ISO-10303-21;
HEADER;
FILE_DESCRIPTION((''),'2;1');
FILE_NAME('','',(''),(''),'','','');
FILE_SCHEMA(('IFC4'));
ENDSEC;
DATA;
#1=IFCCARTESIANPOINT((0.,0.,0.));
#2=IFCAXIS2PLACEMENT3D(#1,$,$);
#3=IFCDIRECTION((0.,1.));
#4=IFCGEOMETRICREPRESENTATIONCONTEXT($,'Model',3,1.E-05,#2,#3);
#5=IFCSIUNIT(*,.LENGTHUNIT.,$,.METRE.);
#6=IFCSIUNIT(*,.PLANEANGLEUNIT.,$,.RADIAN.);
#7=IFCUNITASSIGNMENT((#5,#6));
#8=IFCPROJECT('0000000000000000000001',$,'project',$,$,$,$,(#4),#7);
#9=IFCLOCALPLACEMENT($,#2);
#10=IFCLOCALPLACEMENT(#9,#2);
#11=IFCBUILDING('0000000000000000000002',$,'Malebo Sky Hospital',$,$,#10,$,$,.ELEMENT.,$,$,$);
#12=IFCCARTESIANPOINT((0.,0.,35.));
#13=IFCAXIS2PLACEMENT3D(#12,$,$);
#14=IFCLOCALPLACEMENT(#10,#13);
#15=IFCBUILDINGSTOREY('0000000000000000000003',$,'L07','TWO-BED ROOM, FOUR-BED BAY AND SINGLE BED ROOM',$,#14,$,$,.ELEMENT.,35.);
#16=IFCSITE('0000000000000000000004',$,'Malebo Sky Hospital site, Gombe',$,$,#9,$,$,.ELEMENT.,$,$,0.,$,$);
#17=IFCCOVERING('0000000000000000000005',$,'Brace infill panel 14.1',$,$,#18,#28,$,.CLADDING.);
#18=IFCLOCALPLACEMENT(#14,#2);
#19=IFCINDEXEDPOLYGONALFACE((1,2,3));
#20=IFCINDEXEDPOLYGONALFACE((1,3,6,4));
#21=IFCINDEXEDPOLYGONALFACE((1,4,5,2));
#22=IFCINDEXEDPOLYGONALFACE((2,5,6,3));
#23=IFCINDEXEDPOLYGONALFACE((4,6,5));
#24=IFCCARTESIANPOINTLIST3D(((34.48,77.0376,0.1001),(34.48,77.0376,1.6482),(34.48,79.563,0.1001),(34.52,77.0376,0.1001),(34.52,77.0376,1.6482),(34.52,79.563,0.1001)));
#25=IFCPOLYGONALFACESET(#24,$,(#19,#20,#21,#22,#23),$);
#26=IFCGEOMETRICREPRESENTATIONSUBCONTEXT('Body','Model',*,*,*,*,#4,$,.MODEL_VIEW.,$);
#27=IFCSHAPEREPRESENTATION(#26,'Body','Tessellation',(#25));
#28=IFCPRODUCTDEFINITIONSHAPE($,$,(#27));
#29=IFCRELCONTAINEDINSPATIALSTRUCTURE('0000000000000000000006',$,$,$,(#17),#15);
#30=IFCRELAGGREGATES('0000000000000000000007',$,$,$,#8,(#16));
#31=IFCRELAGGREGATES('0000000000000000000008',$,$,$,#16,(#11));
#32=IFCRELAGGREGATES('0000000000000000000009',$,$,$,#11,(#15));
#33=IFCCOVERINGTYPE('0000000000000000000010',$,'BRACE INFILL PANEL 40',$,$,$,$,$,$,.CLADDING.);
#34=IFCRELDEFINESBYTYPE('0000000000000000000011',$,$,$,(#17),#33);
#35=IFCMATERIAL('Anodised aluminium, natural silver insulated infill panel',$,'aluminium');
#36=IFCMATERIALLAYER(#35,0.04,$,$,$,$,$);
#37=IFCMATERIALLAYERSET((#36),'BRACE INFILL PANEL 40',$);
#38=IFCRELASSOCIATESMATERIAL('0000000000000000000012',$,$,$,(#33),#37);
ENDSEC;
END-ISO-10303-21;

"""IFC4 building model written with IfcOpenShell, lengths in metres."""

from ifc_helpers import new_model, si_unit, direction, frame, origin, place, context, subcontext, project, spatial, polyline, outline, extrude, material, layer, layer_set, type_object, element, save


model = new_model("IFC4")

# Units and contexts
model_context = context("Model", 3, precision=1e-05, world=origin(), true_north=direction((0.0, 1.0)))
body_context = subcontext(model_context, "Body", "Model", "MODEL_VIEW")
ifc_project = project(units=[si_unit("LENGTHUNIT", "METRE"), si_unit("PLANEANGLEUNIT", "RADIAN")], contexts=[model_context])

# Site, building, storey
site_placement = place(None, origin())
site = spatial("IfcSite", under=ifc_project, at=site_placement, Name="Malebo Sky Hospital site, Gombe", CompositionType="ELEMENT", RefElevation=0.0)
building_placement = place(site_placement, origin())
building = spatial("IfcBuilding", under=site, at=building_placement, Name="Malebo Sky Hospital", CompositionType="ELEMENT")
storey_placement = place(building_placement, frame((0.0, 0.0, 35.0)))
storey = spatial("IfcBuildingStorey", under=building, at=storey_placement, Name="L07", Description="TWO-BED ROOM, FOUR-BED BAY AND SINGLE BED ROOM", CompositionType="ELEMENT", Elevation=35.0)

# Covering
ifc_material_1 = material(Name="Anodised aluminium, natural silver insulated infill panel", Category="aluminium")
ifc_layer_1 = layer(ifc_material_1, 0.04)
ifc_layer_set_1 = layer_set([ifc_layer_1], Name="BRACE INFILL PANEL 40")
covering_type = type_object("IfcCoveringType", Name="BRACE INFILL PANEL 40", PredefinedType="CLADDING", material=ifc_layer_set_1)
covering_1_placement = place(storey_placement, frame((34.5, 78.3003, 0.1001), z_axis=(0.0, 0.0, 1.0), x_axis=(0.0, 1.0, 0.0)))
element("IfcCovering", 1, at=covering_1_placement, inside=storey, type_object=covering_type, Name="Brace infill panel 14.1", PredefinedType="CLADDING", context=body_context, shape_type="SweptSolid", body=[
    extrude(outline(polyline([(-1.2627, 0.0), (1.2627, 0.0), (-1.2627, 1.5481), (-1.2627, 0.0)])), frame((0.0, 0.02, 0.0), z_axis=(0.0, -1.0, 0.0), x_axis=(1.0, 0.0, 0.0)), (0.0, 0.0, 1.0), 0.04),
])

save(model, "model.ifc")
